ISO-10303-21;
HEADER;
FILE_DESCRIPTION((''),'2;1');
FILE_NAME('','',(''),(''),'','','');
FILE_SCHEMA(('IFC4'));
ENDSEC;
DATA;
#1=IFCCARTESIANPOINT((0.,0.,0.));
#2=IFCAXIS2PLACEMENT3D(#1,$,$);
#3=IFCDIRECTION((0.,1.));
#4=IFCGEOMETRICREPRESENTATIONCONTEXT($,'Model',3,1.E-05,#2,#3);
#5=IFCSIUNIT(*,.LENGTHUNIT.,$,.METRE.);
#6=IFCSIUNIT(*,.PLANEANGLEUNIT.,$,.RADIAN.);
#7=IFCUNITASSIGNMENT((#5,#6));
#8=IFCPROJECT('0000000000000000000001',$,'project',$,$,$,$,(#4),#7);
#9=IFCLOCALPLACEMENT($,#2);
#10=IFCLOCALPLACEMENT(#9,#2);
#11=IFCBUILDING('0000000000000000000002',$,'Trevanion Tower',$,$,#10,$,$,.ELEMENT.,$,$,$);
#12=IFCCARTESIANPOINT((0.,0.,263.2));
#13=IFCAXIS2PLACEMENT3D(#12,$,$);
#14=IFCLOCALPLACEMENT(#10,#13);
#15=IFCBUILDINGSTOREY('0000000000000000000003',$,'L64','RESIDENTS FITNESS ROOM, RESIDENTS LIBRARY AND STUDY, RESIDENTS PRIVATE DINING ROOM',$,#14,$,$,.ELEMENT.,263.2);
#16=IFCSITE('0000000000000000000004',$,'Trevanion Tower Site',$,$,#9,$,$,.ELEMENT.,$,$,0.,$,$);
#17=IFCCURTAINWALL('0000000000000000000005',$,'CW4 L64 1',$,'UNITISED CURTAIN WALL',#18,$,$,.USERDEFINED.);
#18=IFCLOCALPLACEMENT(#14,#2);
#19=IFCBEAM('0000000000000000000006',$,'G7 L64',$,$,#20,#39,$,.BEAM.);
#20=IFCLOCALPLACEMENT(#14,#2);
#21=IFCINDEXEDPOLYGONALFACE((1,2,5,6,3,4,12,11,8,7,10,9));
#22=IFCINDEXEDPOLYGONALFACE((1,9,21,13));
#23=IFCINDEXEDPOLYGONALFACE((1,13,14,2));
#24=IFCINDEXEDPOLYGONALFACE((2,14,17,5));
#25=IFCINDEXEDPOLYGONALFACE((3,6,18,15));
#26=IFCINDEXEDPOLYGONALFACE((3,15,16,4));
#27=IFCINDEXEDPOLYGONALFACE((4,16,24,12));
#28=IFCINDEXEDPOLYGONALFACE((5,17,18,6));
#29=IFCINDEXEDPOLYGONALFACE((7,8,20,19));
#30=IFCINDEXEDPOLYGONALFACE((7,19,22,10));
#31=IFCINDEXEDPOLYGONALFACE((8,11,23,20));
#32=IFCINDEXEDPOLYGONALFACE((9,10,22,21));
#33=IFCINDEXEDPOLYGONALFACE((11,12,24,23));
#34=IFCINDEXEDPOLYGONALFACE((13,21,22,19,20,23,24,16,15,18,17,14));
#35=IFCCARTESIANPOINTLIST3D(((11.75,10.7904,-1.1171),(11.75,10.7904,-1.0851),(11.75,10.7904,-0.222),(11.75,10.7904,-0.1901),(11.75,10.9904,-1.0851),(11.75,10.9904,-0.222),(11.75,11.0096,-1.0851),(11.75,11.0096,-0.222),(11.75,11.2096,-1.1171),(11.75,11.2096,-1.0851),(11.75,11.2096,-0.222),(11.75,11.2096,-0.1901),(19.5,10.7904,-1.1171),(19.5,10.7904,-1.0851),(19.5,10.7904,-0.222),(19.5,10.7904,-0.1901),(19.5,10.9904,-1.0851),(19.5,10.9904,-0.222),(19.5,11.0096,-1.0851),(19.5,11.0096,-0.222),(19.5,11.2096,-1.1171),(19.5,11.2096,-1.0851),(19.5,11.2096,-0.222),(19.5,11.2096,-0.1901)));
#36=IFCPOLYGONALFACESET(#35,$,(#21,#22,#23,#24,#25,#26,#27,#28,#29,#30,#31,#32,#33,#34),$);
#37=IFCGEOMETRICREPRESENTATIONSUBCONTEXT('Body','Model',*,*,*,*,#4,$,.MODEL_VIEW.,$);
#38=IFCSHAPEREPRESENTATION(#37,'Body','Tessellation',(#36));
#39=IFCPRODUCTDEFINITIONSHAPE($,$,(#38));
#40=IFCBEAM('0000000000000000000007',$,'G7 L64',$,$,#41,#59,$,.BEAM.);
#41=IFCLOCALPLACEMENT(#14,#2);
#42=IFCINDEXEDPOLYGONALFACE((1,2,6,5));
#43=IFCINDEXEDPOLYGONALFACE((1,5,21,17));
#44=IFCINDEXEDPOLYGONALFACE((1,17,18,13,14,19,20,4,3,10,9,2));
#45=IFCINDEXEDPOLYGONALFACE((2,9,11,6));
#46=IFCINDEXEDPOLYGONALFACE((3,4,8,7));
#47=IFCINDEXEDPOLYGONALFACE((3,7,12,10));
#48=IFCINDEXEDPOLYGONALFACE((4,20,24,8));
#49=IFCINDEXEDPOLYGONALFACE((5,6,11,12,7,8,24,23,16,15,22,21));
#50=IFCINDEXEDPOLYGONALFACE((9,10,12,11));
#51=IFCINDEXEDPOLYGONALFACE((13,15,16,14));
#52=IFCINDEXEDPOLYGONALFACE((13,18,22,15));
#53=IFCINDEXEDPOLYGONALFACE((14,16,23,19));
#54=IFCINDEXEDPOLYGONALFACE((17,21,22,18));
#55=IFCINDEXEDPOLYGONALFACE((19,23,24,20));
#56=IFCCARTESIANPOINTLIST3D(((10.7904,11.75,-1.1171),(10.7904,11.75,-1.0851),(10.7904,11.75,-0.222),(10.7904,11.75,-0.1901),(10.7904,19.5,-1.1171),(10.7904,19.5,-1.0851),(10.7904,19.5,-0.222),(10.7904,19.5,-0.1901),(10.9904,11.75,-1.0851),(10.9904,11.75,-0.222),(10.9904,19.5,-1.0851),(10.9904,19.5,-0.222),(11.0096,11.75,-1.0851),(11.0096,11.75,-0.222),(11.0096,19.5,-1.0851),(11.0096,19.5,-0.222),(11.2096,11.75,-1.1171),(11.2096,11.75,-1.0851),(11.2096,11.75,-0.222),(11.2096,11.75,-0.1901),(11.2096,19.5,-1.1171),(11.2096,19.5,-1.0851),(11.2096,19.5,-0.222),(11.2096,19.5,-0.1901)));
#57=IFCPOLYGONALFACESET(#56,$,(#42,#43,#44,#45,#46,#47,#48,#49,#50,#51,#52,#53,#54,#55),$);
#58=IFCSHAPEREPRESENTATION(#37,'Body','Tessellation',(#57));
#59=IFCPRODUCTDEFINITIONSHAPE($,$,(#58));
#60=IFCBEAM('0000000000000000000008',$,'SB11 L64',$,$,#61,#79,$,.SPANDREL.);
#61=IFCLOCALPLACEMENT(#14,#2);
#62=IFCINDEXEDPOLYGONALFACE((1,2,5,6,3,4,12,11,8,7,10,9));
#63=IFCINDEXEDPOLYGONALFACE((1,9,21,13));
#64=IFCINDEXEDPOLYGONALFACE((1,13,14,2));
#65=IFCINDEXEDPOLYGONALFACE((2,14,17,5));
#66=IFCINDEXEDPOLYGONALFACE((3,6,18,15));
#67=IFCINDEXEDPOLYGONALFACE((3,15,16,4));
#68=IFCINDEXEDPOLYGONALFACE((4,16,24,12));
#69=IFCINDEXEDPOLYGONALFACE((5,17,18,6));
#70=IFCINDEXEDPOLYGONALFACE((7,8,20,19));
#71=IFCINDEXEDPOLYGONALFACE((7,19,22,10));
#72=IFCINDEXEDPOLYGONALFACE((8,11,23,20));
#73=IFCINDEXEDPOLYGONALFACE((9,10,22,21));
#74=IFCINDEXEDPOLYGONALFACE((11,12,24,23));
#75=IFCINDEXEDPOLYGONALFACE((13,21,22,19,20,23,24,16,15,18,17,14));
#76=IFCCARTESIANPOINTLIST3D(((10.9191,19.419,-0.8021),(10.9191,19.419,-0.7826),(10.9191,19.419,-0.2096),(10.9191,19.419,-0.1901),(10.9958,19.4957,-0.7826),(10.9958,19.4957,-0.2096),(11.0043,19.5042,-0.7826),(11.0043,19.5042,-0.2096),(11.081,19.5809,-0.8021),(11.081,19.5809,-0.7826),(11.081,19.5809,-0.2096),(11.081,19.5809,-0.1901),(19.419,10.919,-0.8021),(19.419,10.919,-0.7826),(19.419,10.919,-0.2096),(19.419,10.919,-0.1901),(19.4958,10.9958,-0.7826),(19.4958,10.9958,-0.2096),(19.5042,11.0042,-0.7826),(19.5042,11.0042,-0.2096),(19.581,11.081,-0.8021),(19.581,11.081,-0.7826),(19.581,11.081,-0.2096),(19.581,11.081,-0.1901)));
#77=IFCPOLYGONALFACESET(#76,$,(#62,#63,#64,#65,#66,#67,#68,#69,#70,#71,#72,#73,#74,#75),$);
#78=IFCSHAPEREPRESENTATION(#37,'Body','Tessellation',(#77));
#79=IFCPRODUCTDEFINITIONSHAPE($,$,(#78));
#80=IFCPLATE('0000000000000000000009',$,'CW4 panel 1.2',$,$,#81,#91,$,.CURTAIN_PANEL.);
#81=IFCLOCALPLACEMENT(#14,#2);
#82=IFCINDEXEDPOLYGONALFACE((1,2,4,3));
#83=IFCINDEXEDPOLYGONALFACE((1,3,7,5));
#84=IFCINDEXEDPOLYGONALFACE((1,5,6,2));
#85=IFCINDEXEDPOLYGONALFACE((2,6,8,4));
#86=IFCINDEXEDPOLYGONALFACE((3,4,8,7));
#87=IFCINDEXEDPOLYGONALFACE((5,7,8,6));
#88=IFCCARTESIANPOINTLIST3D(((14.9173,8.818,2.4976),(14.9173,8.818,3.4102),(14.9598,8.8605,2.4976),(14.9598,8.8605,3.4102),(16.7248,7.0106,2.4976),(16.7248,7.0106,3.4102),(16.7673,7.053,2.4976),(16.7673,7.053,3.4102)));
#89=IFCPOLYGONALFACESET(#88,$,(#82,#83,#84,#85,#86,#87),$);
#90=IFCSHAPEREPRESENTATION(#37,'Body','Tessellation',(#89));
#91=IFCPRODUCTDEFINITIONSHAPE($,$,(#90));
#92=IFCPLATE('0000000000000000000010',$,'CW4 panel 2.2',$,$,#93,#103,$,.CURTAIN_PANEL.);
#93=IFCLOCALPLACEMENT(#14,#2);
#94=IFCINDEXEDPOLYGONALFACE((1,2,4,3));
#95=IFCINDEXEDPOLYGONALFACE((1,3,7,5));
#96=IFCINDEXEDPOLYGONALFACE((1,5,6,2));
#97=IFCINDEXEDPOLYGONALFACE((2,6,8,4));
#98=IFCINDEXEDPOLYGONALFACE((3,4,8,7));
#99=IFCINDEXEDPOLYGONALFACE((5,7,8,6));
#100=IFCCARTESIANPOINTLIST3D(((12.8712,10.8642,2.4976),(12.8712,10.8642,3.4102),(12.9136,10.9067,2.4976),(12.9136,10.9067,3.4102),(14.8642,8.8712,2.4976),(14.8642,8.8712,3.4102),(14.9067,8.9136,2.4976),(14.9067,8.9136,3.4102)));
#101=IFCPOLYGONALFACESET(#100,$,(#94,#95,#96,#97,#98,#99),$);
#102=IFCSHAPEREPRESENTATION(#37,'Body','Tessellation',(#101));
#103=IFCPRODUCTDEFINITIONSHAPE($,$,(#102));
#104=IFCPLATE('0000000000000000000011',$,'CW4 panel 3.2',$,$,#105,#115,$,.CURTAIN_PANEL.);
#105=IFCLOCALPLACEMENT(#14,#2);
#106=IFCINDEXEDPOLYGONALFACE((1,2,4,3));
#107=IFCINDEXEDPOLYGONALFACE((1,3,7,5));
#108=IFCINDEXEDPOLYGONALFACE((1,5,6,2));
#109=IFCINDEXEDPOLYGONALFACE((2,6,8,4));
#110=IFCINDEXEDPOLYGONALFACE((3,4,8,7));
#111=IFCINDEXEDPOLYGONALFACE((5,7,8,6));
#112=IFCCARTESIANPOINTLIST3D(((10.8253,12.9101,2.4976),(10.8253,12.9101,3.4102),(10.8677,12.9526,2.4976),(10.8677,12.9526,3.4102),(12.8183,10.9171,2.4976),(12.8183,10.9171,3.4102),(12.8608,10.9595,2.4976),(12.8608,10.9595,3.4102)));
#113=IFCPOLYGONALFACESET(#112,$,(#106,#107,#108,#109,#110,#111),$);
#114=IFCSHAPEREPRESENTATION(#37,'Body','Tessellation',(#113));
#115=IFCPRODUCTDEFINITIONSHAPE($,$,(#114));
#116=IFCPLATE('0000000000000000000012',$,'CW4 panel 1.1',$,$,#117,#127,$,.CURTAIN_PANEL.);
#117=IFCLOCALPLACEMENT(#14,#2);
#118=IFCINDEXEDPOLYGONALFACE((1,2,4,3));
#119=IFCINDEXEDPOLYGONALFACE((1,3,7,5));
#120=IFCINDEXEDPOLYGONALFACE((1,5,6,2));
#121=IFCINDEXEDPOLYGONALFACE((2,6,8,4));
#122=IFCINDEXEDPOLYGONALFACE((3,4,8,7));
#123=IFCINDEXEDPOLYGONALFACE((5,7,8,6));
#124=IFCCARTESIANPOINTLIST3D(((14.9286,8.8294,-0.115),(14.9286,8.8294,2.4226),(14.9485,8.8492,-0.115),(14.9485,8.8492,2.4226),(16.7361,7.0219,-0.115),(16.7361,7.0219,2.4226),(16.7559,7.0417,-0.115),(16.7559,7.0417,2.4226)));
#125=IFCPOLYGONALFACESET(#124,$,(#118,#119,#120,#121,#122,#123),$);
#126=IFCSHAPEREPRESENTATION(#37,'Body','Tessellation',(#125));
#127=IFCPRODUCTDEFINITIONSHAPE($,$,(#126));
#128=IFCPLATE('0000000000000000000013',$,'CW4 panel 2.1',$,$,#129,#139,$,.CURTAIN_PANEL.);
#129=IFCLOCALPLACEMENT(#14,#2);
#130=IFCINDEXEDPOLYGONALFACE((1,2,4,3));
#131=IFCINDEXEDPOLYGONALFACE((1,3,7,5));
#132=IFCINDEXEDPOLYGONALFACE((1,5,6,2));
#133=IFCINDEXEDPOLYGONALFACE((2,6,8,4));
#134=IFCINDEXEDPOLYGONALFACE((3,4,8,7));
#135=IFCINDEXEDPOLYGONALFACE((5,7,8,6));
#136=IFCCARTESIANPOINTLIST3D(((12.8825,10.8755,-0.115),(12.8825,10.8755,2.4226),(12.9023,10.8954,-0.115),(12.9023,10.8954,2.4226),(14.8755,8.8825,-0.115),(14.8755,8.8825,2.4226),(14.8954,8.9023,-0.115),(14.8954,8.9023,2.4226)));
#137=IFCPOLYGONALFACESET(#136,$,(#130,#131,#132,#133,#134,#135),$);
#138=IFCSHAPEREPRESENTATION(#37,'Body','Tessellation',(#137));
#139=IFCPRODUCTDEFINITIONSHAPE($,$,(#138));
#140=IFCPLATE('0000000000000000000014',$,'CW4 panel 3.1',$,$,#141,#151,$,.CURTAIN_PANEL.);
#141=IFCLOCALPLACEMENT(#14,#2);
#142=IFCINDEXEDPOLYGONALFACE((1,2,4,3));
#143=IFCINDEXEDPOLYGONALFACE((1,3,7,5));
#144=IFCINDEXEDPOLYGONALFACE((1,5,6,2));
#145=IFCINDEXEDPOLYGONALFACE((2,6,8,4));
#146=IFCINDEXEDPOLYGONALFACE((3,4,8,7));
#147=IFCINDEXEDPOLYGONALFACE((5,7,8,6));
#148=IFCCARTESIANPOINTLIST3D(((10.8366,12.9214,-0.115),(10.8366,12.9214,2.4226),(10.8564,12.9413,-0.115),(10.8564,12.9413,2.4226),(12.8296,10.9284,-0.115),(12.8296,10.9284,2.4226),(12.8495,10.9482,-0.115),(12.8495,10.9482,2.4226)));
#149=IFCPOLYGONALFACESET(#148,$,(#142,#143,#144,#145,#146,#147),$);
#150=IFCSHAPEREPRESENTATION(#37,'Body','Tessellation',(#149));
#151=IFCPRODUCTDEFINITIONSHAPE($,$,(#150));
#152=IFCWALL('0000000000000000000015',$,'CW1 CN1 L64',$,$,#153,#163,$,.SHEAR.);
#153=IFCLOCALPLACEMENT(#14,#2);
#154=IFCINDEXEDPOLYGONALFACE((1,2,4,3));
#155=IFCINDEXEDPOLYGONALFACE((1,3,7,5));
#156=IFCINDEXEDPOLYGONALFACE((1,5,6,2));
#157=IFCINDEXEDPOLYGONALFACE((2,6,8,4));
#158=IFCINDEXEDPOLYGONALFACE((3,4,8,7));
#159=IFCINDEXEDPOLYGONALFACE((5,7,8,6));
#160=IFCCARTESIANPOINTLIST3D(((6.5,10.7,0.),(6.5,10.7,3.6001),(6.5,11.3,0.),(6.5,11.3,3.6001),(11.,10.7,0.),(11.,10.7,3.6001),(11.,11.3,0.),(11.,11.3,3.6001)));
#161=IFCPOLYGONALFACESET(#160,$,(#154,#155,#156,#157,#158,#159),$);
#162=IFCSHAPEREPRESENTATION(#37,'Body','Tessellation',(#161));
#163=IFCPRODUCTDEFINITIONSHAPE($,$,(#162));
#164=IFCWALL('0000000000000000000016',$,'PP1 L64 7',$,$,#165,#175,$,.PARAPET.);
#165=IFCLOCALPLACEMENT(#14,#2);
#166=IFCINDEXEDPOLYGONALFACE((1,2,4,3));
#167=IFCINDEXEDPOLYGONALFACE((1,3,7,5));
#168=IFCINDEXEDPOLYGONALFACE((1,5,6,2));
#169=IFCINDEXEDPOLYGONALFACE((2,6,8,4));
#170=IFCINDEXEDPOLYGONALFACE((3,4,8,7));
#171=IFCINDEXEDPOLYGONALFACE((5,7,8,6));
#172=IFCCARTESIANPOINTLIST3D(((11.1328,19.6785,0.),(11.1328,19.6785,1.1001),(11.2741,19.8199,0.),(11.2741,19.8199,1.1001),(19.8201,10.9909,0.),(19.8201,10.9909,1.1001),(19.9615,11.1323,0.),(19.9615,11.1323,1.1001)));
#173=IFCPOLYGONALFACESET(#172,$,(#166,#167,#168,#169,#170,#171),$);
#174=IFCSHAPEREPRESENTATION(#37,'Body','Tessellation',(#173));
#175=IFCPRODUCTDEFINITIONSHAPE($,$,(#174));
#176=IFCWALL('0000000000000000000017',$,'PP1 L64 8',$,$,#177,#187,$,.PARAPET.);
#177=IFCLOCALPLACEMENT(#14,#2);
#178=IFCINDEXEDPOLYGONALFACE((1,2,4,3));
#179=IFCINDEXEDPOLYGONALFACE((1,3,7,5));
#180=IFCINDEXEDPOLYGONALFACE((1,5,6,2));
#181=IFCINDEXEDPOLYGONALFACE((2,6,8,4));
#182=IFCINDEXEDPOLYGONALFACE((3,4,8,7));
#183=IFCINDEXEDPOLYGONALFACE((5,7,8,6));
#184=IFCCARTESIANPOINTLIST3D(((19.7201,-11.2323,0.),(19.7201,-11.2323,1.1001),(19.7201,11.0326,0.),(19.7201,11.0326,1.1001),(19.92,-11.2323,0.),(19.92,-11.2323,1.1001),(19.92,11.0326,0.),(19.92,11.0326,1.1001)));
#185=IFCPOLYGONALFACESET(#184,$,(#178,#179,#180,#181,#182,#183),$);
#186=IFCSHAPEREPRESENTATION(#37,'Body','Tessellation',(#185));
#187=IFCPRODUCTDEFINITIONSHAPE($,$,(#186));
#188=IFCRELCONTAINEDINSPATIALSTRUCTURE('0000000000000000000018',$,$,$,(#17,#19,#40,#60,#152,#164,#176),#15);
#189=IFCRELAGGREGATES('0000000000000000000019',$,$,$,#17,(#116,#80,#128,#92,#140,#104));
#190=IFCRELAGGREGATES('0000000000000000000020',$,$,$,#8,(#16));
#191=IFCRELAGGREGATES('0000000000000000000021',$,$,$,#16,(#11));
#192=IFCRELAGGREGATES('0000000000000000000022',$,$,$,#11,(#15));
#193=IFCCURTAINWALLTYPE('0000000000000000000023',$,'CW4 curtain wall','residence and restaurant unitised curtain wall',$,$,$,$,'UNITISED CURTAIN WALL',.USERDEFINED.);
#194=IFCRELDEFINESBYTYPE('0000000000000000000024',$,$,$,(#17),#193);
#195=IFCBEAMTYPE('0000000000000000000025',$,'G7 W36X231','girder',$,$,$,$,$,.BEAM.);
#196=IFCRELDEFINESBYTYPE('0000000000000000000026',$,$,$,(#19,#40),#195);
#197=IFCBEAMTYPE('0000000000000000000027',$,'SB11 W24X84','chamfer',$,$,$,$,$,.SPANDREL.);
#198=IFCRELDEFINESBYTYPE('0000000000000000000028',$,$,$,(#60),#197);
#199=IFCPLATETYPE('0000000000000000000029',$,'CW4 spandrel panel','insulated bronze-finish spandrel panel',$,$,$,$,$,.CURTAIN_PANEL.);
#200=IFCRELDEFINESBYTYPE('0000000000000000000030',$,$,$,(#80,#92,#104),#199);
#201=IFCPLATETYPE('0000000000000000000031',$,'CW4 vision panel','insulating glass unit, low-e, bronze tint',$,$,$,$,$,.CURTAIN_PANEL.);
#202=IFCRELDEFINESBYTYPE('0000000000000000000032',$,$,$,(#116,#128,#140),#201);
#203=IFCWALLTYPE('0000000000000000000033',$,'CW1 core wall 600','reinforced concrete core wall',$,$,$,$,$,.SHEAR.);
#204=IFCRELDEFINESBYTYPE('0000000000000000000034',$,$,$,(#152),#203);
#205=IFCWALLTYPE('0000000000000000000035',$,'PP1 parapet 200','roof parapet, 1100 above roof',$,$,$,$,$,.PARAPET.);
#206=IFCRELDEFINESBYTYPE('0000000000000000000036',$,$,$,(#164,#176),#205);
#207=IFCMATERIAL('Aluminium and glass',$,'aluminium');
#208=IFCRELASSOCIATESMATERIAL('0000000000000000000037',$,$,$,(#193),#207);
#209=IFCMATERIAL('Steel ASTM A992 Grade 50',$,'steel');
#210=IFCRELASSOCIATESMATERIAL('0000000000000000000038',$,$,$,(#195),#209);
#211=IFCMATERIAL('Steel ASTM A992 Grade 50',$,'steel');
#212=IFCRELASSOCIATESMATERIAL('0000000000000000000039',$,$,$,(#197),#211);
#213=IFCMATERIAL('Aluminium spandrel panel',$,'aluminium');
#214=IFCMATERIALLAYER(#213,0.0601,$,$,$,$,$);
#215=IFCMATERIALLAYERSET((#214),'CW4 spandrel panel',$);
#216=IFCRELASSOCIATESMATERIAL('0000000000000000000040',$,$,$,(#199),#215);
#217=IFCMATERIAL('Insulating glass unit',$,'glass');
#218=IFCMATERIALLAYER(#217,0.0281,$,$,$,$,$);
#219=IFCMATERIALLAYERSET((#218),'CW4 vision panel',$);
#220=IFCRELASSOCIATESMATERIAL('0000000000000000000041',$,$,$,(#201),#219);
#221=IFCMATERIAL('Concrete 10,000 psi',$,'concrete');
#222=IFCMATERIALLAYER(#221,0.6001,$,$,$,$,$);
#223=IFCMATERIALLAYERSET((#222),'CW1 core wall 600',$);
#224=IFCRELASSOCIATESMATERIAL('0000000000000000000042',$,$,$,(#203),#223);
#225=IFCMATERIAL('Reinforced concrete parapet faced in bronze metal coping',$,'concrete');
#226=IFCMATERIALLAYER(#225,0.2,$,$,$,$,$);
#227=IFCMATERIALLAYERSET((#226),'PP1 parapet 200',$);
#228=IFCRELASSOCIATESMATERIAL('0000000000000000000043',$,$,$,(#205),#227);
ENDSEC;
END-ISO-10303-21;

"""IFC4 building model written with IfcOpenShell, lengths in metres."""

from ifc_helpers import new_model, si_unit, direction, frame, frame_2d, origin, origin_2d, place, context, subcontext, project, spatial, rectangle, i_section, extrude, material, layer, layer_set, material_profile, profile_set, type_object, element, aggregate, save


model = new_model("IFC4")

# Units and contexts
model_context = context("Model", 3, precision=1e-05, world=origin(), true_north=direction((0.0, 1.0)))
body_context = subcontext(model_context, "Body", "Model", "MODEL_VIEW")
ifc_project = project(units=[si_unit("LENGTHUNIT", "METRE"), si_unit("PLANEANGLEUNIT", "RADIAN")], contexts=[model_context])

# Site, building, storey
site_placement = place(None, origin())
site = spatial("IfcSite", under=ifc_project, at=site_placement, Name="Trevanion Tower Site", CompositionType="ELEMENT", RefElevation=0.0)
building_placement = place(site_placement, origin())
building = spatial("IfcBuilding", under=site, at=building_placement, Name="Trevanion Tower", CompositionType="ELEMENT")
storey_placement = place(building_placement, frame((0.0, 0.0, 263.2)))
storey = spatial("IfcBuildingStorey", under=building, at=storey_placement, Name="L64", Description="RESIDENTS FITNESS ROOM, RESIDENTS LIBRARY AND STUDY, RESIDENTS PRIVATE DINING ROOM", CompositionType="ELEMENT", Elevation=263.2)

# Curtain wall
ifc_material_1 = material(Name="Aluminium and glass", Category="aluminium")
curtain_wall_type = type_object("IfcCurtainWallType", Name="CW4 curtain wall", Description="residence and restaurant unitised curtain wall", ElementType="UNITISED CURTAIN WALL", PredefinedType="USERDEFINED", material=ifc_material_1)
curtain_wall_placement = place(storey_placement, origin())
curtain_wall = element("IfcCurtainWall", 1, at=curtain_wall_placement, inside=storey, type_object=curtain_wall_type, Name="CW4 L64 1", ObjectType="UNITISED CURTAIN WALL", PredefinedType="USERDEFINED")

# Beams
ifc_material_2 = material(Name="Steel ASTM A992 Grade 50", Category="steel")
ifc_material_profile_1 = material_profile(ifc_material_2, i_section(OverallWidth=0.4192, OverallDepth=0.927, WebThickness=0.0193, FlangeThickness=0.032, at=origin_2d()), Name="W36X231")
ifc_profile_set_1 = profile_set([ifc_material_profile_1], Name="Steel ASTM A992 Grade 50")
beam_type_1 = type_object("IfcBeamType", Name="G7 W36X231", Description="girder", PredefinedType="BEAM", material=ifc_profile_set_1)
for number, where, z_axis, x_axis, name in (
    (2, (11.75, 11.0, -0.6536), (1.0, 0.0, 0.0), (0.0, 1.0, 0.0), "G7 L64"),
    (3, (11.0, 11.75, -0.6536), (0.0, 1.0, 0.0), (-1.0, 0.0, 0.0), "G7 L64"),
):
    element("IfcBeam", number, at=place(storey_placement, frame(where, z_axis=z_axis, x_axis=x_axis)), inside=storey, type_object=beam_type_1, Name=name, PredefinedType="BEAM", context=body_context, shape_type="SweptSolid", body=[
        extrude(i_section(OverallWidth=0.4192, OverallDepth=0.927, WebThickness=0.0193, FlangeThickness=0.032, at=origin_2d()), origin(), (0.0, 0.0, 1.0), 7.75),
    ])
ifc_material_3 = material(Name="Steel ASTM A992 Grade 50", Category="steel")
ifc_material_profile_2 = material_profile(ifc_material_3, i_section(OverallWidth=0.229, OverallDepth=0.6121, WebThickness=0.012, FlangeThickness=0.0195, at=origin_2d()), Name="W24X84")
ifc_profile_set_2 = profile_set([ifc_material_profile_2], Name="Steel ASTM A992 Grade 50")
beam_type_2 = type_object("IfcBeamType", Name="SB11 W24X84", Description="chamfer", PredefinedType="SPANDREL", material=ifc_profile_set_2)
beam_1_placement = place(storey_placement, frame((19.5, 11.0, -0.4961), z_axis=(-0.707107, 0.707107, 0.0), x_axis=(-0.707107, -0.707107, 0.0)))
element("IfcBeam", 4, at=beam_1_placement, inside=storey, type_object=beam_type_2, Name="SB11 L64", PredefinedType="SPANDREL", context=body_context, shape_type="SweptSolid", body=[
    extrude(i_section(OverallWidth=0.229, OverallDepth=0.6121, WebThickness=0.012, FlangeThickness=0.0195, at=origin_2d()), origin(), (0.0, 0.0, 1.0), 12.0208),
])

# Plates
ifc_material_4 = material(Name="Aluminium spandrel panel", Category="aluminium")
ifc_layer_1 = layer(ifc_material_4, 0.0601)
ifc_layer_set_1 = layer_set([ifc_layer_1], Name="CW4 spandrel panel")
plate_type_1 = type_object("IfcPlateType", Name="CW4 spandrel panel", Description="insulated bronze-finish spandrel panel", PredefinedType="CURTAIN_PANEL", material=ifc_layer_set_1)
plate_1_placement = place(storey_placement, frame((15.8423, 7.9355, 2.4976), z_axis=(0.0, 0.0, 1.0), x_axis=(-0.707107, 0.707107, 0.0)))
plate_1 = element("IfcPlate", 5, at=plate_1_placement, type_object=plate_type_1, Name="CW4 panel 1.2", PredefinedType="CURTAIN_PANEL", context=body_context, shape_type="SweptSolid", body=[
    extrude(rectangle(XDim=2.5562, YDim=0.0601, at=origin_2d()), origin(), (0.0, 0.0, 1.0), 0.9126),
])
plate_2_placement = place(storey_placement, frame((13.8889, 9.8889, 2.4976), z_axis=(0.0, 0.0, 1.0), x_axis=(-0.707107, 0.707107, 0.0)))
plate_2 = element("IfcPlate", 6, at=plate_2_placement, type_object=plate_type_1, Name="CW4 panel 2.2", PredefinedType="CURTAIN_PANEL", context=body_context, shape_type="SweptSolid", body=[
    extrude(rectangle(XDim=2.8186, YDim=0.0601, at=origin_2d()), origin(), (0.0, 0.0, 1.0), 0.9126),
])
plate_3_placement = place(storey_placement, frame((11.843, 11.9348, 2.4976), z_axis=(0.0, 0.0, 1.0), x_axis=(-0.707107, 0.707107, 0.0)))
plate_3 = element("IfcPlate", 7, at=plate_3_placement, type_object=plate_type_1, Name="CW4 panel 3.2", PredefinedType="CURTAIN_PANEL", context=body_context, shape_type="SweptSolid", body=[
    extrude(rectangle(XDim=2.8186, YDim=0.0601, at=origin_2d()), origin(), (0.0, 0.0, 1.0), 0.9126),
])
ifc_material_5 = material(Name="Insulating glass unit", Category="glass")
ifc_layer_2 = layer(ifc_material_5, 0.0281)
ifc_layer_set_2 = layer_set([ifc_layer_2], Name="CW4 vision panel")
plate_type_2 = type_object("IfcPlateType", Name="CW4 vision panel", Description="insulating glass unit, low-e, bronze tint", PredefinedType="CURTAIN_PANEL", material=ifc_layer_set_2)
plate_4_placement = place(storey_placement, frame((15.8423, 7.9355, -0.115), z_axis=(0.0, 0.0, 1.0), x_axis=(-0.707107, 0.707107, 0.0)))
plate_4 = element("IfcPlate", 8, at=plate_4_placement, type_object=plate_type_2, Name="CW4 panel 1.1", PredefinedType="CURTAIN_PANEL", context=body_context, shape_type="SweptSolid", body=[
    extrude(rectangle(XDim=2.5562, YDim=0.0281, at=origin_2d()), origin(), (0.0, 0.0, 1.0), 2.5376),
])
plate_5_placement = place(storey_placement, frame((13.8889, 9.8889, -0.115), z_axis=(0.0, 0.0, 1.0), x_axis=(-0.707107, 0.707107, 0.0)))
plate_5 = element("IfcPlate", 9, at=plate_5_placement, type_object=plate_type_2, Name="CW4 panel 2.1", PredefinedType="CURTAIN_PANEL", context=body_context, shape_type="SweptSolid", body=[
    extrude(rectangle(XDim=2.8186, YDim=0.0281, at=origin_2d()), origin(), (0.0, 0.0, 1.0), 2.5376),
])
plate_6_placement = place(storey_placement, frame((11.843, 11.9348, -0.115), z_axis=(0.0, 0.0, 1.0), x_axis=(-0.707107, 0.707107, 0.0)))
plate_6 = element("IfcPlate", 10, at=plate_6_placement, type_object=plate_type_2, Name="CW4 panel 3.1", PredefinedType="CURTAIN_PANEL", context=body_context, shape_type="SweptSolid", body=[
    extrude(rectangle(XDim=2.8186, YDim=0.0281, at=origin_2d()), origin(), (0.0, 0.0, 1.0), 2.5376),
])
aggregate(curtain_wall, [plate_4, plate_1, plate_5, plate_2, plate_6, plate_3])

# Walls
ifc_material_6 = material(Name="Concrete 10,000 psi", Category="concrete")
ifc_layer_3 = layer(ifc_material_6, 0.6001)
ifc_layer_set_3 = layer_set([ifc_layer_3], Name="CW1 core wall 600")
wall_type_1 = type_object("IfcWallType", Name="CW1 core wall 600", Description="reinforced concrete core wall", PredefinedType="SHEAR", material=ifc_layer_set_3)
wall_1_placement = place(storey_placement, frame((11.0, 11.0, 0.0), z_axis=(0.0, 0.0, 1.0), x_axis=(-1.0, 0.0, 0.0)))
element("IfcWall", 11, at=wall_1_placement, inside=storey, type_object=wall_type_1, Name="CW1 CN1 L64", PredefinedType="SHEAR", context=body_context, shape_type="SweptSolid", body=[
    extrude(rectangle(XDim=4.5, YDim=0.6001, at=frame_2d((2.25, 0.0))), origin(), (0.0, 0.0, 1.0), 3.6001),
])
ifc_material_7 = material(Name="Reinforced concrete parapet faced in bronze metal coping", Category="concrete")
ifc_layer_4 = layer(ifc_material_7, 0.2)
ifc_layer_set_4 = layer_set([ifc_layer_4], Name="PP1 parapet 200")
wall_type_2 = type_object("IfcWallType", Name="PP1 parapet 200", Description="roof parapet, 1100 above roof", PredefinedType="PARAPET", material=ifc_layer_set_4)
wall_2_placement = place(storey_placement, frame((11.2034, 19.7493, 0.0), z_axis=(0.0, 0.0, 1.0), x_axis=(0.707097, -0.707117, 0.0)))
element("IfcWall", 12, at=wall_2_placement, inside=storey, type_object=wall_type_2, Name="PP1 L64 7", PredefinedType="PARAPET", context=body_context, shape_type="SweptSolid", body=[
    extrude(rectangle(XDim=12.2859, YDim=0.2, at=frame_2d((6.1431, 0.0))), origin(), (0.0, 0.0, 1.0), 1.1001),
])
wall_3_placement = place(storey_placement, frame((19.8201, 11.0325, 0.0), z_axis=(0.0, 0.0, 1.0), x_axis=(0.0, -1.0, 0.0)))
element("IfcWall", 13, at=wall_3_placement, inside=storey, type_object=wall_type_2, Name="PP1 L64 8", PredefinedType="PARAPET", context=body_context, shape_type="SweptSolid", body=[
    extrude(rectangle(XDim=22.2649, YDim=0.2, at=frame_2d((11.1323, 0.0))), origin(), (0.0, 0.0, 1.0), 1.1001),
])

save(model, "model.ifc")
